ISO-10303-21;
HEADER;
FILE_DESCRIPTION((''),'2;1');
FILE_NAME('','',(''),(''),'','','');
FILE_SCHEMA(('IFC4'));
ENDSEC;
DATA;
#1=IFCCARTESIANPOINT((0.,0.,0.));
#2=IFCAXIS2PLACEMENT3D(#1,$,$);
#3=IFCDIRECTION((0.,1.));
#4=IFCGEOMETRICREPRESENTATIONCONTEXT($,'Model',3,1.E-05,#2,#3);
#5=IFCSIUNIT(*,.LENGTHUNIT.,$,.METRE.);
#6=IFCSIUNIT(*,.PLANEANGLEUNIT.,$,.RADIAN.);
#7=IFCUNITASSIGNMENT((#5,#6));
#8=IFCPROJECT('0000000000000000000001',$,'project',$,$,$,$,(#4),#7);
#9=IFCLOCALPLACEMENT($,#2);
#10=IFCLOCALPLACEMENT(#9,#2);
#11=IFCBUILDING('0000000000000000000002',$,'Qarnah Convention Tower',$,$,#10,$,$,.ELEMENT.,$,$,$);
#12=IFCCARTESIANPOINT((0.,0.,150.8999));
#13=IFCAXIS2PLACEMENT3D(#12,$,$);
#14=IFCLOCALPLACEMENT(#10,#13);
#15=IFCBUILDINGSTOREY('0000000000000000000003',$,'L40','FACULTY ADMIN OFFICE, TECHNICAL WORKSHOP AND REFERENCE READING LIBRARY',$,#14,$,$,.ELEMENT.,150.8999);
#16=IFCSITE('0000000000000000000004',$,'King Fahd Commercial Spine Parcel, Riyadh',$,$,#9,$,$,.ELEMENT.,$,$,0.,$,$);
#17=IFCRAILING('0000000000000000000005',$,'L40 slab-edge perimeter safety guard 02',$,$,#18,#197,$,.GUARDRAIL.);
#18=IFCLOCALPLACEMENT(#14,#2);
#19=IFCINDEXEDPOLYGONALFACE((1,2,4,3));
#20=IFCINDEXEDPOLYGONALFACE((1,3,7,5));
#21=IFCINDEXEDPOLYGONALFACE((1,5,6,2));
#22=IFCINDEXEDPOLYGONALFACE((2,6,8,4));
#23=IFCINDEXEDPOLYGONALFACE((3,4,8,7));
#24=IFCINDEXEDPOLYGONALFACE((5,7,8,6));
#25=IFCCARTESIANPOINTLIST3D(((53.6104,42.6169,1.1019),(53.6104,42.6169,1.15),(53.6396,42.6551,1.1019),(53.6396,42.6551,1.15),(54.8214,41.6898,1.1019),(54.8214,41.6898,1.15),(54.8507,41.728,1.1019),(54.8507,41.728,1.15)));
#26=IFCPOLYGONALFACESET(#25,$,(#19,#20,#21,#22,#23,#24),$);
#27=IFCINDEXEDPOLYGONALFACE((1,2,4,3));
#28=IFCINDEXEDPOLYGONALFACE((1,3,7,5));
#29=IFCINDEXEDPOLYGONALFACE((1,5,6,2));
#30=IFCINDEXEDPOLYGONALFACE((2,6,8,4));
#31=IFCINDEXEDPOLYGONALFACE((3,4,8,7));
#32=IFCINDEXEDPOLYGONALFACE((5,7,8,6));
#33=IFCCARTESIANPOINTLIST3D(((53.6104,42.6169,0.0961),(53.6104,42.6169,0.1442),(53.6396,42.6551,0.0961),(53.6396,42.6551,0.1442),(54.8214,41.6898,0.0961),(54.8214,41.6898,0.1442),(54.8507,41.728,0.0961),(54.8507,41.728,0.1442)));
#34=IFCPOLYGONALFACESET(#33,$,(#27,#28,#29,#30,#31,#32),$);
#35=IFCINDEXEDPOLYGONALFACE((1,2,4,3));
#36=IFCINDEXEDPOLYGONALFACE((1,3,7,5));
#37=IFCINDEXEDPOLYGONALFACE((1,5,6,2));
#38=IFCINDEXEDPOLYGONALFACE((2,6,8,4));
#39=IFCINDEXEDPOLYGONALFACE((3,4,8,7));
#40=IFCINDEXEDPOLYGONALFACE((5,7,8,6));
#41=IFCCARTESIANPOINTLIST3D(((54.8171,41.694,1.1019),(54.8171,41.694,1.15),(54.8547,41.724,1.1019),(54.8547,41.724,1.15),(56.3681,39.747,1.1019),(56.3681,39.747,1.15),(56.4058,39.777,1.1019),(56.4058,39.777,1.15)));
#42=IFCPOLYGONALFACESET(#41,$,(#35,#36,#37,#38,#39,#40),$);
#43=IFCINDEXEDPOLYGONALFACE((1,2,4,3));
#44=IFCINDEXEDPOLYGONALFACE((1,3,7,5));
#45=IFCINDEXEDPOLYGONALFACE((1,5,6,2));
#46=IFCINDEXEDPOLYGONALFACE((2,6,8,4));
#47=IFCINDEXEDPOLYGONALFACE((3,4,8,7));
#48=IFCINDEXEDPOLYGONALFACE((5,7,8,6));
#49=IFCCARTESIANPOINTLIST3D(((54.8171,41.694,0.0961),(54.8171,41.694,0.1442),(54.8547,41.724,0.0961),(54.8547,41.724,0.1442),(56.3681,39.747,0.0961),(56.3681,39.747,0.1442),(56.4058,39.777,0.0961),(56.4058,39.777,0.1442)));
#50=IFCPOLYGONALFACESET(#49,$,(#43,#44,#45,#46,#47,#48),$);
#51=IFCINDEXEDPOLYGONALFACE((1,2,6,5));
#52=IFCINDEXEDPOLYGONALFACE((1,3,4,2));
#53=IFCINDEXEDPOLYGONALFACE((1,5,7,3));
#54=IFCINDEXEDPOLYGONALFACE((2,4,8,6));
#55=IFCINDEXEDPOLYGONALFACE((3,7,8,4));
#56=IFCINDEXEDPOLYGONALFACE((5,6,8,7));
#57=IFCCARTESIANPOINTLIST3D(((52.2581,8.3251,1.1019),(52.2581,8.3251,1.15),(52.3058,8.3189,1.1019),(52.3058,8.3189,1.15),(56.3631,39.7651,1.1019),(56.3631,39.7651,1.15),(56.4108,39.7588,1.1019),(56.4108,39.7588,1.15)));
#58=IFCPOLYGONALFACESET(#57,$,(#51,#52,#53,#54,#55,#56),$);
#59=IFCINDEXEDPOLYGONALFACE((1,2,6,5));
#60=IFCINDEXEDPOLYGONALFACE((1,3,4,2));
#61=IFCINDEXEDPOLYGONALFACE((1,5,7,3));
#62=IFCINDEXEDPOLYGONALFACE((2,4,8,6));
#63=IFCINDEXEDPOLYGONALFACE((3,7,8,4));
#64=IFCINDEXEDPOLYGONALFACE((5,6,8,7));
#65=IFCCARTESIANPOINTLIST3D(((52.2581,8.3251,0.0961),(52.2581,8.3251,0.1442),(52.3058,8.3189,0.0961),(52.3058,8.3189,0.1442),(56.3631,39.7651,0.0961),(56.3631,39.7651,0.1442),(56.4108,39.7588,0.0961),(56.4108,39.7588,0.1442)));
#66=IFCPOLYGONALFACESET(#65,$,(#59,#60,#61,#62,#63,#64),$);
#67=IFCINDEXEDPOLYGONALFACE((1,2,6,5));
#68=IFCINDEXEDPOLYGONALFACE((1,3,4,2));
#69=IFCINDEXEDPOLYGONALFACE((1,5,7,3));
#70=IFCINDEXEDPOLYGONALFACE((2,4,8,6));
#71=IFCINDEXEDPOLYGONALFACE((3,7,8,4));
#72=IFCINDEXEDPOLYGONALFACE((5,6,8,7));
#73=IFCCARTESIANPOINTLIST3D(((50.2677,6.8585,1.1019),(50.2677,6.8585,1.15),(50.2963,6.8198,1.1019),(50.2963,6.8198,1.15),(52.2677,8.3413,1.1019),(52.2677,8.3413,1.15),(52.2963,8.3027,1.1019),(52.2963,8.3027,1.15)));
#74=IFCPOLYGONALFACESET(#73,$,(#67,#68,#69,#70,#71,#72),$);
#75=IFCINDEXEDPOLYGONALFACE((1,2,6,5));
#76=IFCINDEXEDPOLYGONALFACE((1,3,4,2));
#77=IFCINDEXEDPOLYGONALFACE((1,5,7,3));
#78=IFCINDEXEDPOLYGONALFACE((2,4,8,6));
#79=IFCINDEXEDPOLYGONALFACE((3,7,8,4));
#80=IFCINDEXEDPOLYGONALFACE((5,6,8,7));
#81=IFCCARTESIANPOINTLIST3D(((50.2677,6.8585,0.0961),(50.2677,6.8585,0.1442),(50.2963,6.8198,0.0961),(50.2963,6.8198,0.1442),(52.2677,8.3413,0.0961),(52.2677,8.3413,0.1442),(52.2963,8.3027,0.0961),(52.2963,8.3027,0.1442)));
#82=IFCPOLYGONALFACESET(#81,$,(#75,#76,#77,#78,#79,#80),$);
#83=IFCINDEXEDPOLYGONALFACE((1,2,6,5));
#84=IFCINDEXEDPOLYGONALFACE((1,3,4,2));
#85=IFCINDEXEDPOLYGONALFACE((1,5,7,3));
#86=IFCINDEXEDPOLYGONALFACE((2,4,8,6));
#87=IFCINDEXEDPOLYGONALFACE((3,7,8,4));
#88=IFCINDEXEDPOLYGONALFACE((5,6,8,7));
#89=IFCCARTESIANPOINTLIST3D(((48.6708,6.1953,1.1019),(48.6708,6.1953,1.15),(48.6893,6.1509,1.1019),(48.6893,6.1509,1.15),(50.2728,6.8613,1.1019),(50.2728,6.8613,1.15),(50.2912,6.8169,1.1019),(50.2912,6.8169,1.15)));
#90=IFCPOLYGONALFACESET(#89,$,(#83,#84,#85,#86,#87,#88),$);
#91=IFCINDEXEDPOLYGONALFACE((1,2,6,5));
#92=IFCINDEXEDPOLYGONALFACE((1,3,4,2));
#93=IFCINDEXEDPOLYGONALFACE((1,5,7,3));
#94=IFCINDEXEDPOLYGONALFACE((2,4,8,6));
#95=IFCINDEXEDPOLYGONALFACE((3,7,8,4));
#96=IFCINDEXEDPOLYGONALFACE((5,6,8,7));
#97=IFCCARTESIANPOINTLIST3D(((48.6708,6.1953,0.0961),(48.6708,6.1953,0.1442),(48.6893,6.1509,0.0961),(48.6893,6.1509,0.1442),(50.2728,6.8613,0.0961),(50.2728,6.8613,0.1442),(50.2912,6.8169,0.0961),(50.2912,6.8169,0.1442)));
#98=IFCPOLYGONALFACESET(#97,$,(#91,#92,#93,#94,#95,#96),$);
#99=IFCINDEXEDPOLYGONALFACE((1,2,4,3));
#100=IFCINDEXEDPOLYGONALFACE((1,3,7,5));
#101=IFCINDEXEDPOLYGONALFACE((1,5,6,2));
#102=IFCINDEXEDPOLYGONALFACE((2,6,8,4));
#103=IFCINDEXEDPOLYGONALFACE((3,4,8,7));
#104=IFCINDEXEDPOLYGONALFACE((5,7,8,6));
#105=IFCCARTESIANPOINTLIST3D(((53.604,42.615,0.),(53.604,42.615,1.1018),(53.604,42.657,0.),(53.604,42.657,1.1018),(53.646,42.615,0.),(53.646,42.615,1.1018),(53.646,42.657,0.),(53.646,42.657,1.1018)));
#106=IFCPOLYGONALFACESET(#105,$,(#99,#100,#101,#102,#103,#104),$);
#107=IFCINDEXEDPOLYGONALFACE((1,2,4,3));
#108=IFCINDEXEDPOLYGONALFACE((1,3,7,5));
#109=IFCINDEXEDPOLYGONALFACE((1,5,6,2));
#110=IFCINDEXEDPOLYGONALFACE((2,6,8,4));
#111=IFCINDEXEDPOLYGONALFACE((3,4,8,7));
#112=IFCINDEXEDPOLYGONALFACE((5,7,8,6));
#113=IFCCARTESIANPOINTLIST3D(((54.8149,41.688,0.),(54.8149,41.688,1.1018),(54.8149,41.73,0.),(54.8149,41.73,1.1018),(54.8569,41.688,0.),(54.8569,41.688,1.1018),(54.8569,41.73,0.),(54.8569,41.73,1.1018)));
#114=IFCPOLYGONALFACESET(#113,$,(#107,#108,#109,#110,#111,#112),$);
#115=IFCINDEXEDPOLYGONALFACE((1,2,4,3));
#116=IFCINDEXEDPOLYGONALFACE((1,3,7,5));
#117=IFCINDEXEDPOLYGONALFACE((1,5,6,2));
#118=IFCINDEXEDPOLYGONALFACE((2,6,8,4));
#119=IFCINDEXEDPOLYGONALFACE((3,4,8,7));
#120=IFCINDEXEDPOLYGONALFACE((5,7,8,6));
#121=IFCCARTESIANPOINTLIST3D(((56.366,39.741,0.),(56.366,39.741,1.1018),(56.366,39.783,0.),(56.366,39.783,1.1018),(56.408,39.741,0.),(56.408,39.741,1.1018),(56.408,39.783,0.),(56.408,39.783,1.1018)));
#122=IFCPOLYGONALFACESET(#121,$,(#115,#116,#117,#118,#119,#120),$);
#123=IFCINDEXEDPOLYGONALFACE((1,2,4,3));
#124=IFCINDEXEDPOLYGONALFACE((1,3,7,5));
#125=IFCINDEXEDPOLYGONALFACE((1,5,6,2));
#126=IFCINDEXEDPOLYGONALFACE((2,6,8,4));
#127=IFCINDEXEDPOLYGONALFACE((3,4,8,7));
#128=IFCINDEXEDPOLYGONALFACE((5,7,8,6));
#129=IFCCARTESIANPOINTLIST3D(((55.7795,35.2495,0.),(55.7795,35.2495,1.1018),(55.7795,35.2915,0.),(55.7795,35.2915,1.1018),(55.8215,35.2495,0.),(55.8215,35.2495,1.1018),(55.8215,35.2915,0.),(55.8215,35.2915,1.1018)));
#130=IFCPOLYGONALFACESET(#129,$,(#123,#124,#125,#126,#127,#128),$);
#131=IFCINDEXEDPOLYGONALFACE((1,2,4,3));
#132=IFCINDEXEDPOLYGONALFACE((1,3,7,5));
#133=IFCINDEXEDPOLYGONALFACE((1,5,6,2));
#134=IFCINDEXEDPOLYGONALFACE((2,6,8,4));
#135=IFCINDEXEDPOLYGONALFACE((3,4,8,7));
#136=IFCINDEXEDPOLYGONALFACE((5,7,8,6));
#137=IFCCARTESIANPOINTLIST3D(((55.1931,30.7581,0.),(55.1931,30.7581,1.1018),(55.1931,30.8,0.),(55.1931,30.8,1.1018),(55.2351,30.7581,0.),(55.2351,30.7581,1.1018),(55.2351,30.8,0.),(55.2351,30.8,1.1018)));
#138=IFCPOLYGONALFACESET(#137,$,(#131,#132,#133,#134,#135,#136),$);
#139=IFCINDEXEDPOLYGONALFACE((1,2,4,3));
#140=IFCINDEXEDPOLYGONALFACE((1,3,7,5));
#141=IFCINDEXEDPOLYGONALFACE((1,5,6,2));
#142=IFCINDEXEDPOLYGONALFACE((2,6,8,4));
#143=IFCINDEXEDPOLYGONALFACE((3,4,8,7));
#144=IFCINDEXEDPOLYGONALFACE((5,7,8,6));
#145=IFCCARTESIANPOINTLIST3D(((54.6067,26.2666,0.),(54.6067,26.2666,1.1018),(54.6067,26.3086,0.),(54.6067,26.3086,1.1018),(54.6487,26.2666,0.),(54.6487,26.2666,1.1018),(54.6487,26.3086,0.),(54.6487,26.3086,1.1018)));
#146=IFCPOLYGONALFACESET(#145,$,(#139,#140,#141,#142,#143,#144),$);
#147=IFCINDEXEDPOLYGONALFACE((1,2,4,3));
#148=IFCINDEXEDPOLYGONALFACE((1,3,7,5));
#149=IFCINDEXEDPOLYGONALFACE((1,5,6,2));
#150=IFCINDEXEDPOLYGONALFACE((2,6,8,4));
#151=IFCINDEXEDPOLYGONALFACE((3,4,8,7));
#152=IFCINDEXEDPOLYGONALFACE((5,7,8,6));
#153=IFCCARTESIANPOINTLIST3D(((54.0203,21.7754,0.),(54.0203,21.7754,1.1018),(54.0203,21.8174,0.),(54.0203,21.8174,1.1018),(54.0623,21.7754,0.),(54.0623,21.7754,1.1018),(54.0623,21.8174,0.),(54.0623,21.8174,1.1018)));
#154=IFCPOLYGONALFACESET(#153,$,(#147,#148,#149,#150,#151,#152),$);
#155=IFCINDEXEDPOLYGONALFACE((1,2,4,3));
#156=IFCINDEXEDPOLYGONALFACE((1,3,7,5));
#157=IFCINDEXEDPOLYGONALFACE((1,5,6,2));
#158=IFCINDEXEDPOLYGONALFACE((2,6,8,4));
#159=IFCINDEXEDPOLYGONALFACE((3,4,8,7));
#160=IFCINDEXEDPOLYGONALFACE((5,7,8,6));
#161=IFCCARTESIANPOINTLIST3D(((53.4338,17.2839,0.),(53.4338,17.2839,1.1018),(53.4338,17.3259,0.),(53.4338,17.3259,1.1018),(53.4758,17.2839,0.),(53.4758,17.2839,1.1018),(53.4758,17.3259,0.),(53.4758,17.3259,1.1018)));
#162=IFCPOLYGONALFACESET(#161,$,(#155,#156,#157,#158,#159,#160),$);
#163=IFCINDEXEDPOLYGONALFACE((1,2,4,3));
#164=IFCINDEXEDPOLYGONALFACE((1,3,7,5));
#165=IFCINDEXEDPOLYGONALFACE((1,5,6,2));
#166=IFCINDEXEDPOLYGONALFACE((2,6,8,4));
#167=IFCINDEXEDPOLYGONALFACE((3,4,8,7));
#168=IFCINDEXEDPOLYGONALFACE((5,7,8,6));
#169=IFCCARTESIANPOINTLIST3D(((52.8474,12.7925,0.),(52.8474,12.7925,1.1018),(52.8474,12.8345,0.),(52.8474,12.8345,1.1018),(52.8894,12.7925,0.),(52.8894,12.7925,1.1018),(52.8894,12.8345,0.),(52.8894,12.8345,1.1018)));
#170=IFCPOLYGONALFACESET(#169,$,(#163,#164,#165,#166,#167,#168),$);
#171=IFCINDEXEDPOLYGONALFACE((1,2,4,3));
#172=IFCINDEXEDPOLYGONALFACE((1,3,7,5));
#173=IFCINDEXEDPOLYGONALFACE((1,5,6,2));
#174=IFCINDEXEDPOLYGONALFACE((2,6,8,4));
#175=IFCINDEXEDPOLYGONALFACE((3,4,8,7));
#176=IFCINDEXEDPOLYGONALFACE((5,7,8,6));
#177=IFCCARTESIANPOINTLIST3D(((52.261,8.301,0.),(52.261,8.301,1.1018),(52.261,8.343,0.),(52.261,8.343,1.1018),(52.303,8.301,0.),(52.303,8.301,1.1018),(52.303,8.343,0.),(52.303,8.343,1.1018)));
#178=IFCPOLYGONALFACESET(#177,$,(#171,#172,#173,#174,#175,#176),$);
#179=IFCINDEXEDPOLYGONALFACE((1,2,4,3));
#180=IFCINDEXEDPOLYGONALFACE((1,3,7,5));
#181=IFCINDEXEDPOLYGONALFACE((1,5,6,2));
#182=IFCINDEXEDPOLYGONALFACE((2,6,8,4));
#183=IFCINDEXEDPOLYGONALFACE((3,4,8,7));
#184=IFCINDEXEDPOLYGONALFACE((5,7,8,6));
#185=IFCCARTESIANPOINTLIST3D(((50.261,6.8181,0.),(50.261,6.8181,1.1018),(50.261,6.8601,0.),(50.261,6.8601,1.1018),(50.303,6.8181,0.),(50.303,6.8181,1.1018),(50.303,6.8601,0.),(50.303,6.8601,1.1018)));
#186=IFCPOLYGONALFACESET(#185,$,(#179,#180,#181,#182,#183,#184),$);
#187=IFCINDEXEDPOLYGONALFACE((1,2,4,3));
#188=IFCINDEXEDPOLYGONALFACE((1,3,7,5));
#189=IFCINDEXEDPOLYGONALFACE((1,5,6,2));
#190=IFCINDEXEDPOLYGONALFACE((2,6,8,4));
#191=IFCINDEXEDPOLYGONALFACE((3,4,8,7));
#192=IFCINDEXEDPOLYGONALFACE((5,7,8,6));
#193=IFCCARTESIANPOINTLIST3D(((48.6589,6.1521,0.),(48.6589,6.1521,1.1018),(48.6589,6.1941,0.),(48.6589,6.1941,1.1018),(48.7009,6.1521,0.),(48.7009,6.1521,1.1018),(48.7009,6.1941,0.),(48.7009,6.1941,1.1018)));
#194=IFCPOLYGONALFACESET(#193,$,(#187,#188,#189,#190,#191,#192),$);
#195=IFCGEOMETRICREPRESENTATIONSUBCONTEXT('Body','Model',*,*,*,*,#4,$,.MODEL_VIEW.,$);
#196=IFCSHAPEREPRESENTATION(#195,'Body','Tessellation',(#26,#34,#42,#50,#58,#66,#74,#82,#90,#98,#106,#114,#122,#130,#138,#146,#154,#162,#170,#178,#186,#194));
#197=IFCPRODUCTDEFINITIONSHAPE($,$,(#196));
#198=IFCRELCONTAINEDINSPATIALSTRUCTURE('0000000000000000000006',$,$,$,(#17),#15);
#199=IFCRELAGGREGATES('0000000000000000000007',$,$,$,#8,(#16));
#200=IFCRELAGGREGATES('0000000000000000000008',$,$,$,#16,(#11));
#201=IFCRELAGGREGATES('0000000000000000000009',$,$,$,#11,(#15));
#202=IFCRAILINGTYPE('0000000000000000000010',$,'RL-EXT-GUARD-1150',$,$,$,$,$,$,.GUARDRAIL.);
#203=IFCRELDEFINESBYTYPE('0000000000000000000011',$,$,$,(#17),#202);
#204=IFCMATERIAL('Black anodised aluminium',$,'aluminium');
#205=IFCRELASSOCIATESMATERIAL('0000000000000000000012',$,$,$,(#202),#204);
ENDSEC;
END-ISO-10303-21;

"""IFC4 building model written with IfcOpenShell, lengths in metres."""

from ifc_helpers import new_model, si_unit, direction, frame, origin, origin_2d, place, context, subcontext, project, spatial, rectangle, extrude, material, type_object, element, save


model = new_model("IFC4")

# Units and contexts
model_context = context("Model", 3, precision=1e-05, world=origin(), true_north=direction((0.0, 1.0)))
body_context = subcontext(model_context, "Body", "Model", "MODEL_VIEW")
ifc_project = project(units=[si_unit("LENGTHUNIT", "METRE"), si_unit("PLANEANGLEUNIT", "RADIAN")], contexts=[model_context])

# Site, building, storey
site_placement = place(None, origin())
site = spatial("IfcSite", under=ifc_project, at=site_placement, Name="King Fahd Commercial Spine Parcel, Riyadh", CompositionType="ELEMENT", RefElevation=0.0)
building_placement = place(site_placement, origin())
building = spatial("IfcBuilding", under=site, at=building_placement, Name="Qarnah Convention Tower", CompositionType="ELEMENT")
storey_placement = place(building_placement, frame((0.0, 0.0, 150.8999)))
storey = spatial("IfcBuildingStorey", under=building, at=storey_placement, Name="L40", Description="FACULTY ADMIN OFFICE, TECHNICAL WORKSHOP AND REFERENCE READING LIBRARY", CompositionType="ELEMENT", Elevation=150.8999)

# Shared definitions
ifc_material_1 = material(Name="Black anodised aluminium", Category="aluminium")

# Railing
railing_type = type_object("IfcRailingType", Name="RL-EXT-GUARD-1150", PredefinedType="GUARDRAIL", material=ifc_material_1)
railing_1_placement = place(storey_placement, frame((53.625, 42.636, 0.0)))
element("IfcRailing", 1, at=railing_1_placement, inside=storey, type_object=railing_type, Name="L40 slab-edge perimeter safety guard 02", PredefinedType="GUARDRAIL", context=body_context, shape_type="SweptSolid", body=[
    extrude(rectangle(XDim=0.0481, YDim=0.0481, at=origin_2d()), frame((0.0, 0.0, 1.126), z_axis=(0.794044, -0.60786, 0.0), x_axis=(0.60786, 0.794044, 0.0)), (0.0, 0.0, 1.0), 1.5251),
    extrude(rectangle(XDim=0.0481, YDim=0.0481, at=origin_2d()), frame((0.0, 0.0, 0.1201), z_axis=(0.794044, -0.60786, 0.0), x_axis=(0.60786, 0.794044, 0.0)), (0.0, 0.0, 1.0), 1.5251),
    extrude(rectangle(XDim=0.0481, YDim=0.0481, at=origin_2d()), frame((1.2109, -0.927, 1.126), z_axis=(0.623079, -0.782159, 0.0), x_axis=(0.782159, 0.623079, 0.0)), (0.0, 0.0, 1.0), 2.4893),
    extrude(rectangle(XDim=0.0481, YDim=0.0481, at=origin_2d()), frame((1.2109, -0.927, 0.1201), z_axis=(0.623079, -0.782159, 0.0), x_axis=(0.782159, 0.623079, 0.0)), (0.0, 0.0, 1.0), 2.4893),
    extrude(rectangle(XDim=0.0481, YDim=0.0481, at=origin_2d()), frame((2.762, -2.874, 1.126), z_axis=(-0.129467, -0.991584, 0.0), x_axis=(0.991584, -0.129467, 0.0)), (0.0, 0.0, 1.0), 31.7068),
    extrude(rectangle(XDim=0.0481, YDim=0.0481, at=origin_2d()), frame((2.762, -2.874, 0.1201), z_axis=(-0.129467, -0.991584, 0.0), x_axis=(0.991584, -0.129467, 0.0)), (0.0, 0.0, 1.0), 31.7068),
    extrude(rectangle(XDim=0.0481, YDim=0.0481, at=origin_2d()), frame((-1.343, -34.314, 1.126), z_axis=(-0.803283, -0.595598, 0.0), x_axis=(0.595598, -0.803283, 0.0)), (0.0, 0.0, 1.0), 2.4897),
    extrude(rectangle(XDim=0.0481, YDim=0.0481, at=origin_2d()), frame((-1.343, -34.314, 0.1201), z_axis=(-0.803283, -0.595598, 0.0), x_axis=(0.595598, -0.803283, 0.0)), (0.0, 0.0, 1.0), 2.4897),
    extrude(rectangle(XDim=0.0481, YDim=0.0481, at=origin_2d()), frame((-3.343, -35.7969, 1.126), z_axis=(-0.923385, -0.383876, 0.0), x_axis=(0.383876, -0.923385, 0.0)), (0.0, 0.0, 1.0), 1.7349),
    extrude(rectangle(XDim=0.0481, YDim=0.0481, at=origin_2d()), frame((-3.343, -35.7969, 0.1201), z_axis=(-0.923385, -0.383876, 0.0), x_axis=(0.383876, -0.923385, 0.0)), (0.0, 0.0, 1.0), 1.7349),
    extrude(rectangle(XDim=0.042, YDim=0.042, at=origin_2d()), origin(), (0.0, 0.0, 1.0), 1.1018),
    extrude(rectangle(XDim=0.042, YDim=0.042, at=origin_2d()), frame((1.2109, -0.927, 0.0)), (0.0, 0.0, 1.0), 1.1018),
    extrude(rectangle(XDim=0.042, YDim=0.042, at=origin_2d()), frame((2.762, -2.874, 0.0)), (0.0, 0.0, 1.0), 1.1018),
    extrude(rectangle(XDim=0.042, YDim=0.042, at=origin_2d()), frame((2.1755, -7.3655, 0.0)), (0.0, 0.0, 1.0), 1.1018),
    extrude(rectangle(XDim=0.042, YDim=0.042, at=origin_2d()), frame((1.5891, -11.8569, 0.0)), (0.0, 0.0, 1.0), 1.1018),
    extrude(rectangle(XDim=0.042, YDim=0.042, at=origin_2d()), frame((1.0027, -16.3484, 0.0)), (0.0, 0.0, 1.0), 1.1018),
    extrude(rectangle(XDim=0.042, YDim=0.042, at=origin_2d()), frame((0.4163, -20.8396, 0.0)), (0.0, 0.0, 1.0), 1.1018),
    extrude(rectangle(XDim=0.042, YDim=0.042, at=origin_2d()), frame((-0.1702, -25.3311, 0.0)), (0.0, 0.0, 1.0), 1.1018),
    extrude(rectangle(XDim=0.042, YDim=0.042, at=origin_2d()), frame((-0.7566, -29.8225, 0.0)), (0.0, 0.0, 1.0), 1.1018),
    extrude(rectangle(XDim=0.042, YDim=0.042, at=origin_2d()), frame((-1.343, -34.314, 0.0)), (0.0, 0.0, 1.0), 1.1018),
    extrude(rectangle(XDim=0.042, YDim=0.042, at=origin_2d()), frame((-3.343, -35.7969, 0.0)), (0.0, 0.0, 1.0), 1.1018),
    extrude(rectangle(XDim=0.042, YDim=0.042, at=origin_2d()), frame((-4.9451, -36.4629, 0.0)), (0.0, 0.0, 1.0), 1.1018),
])

save(model, "model.ifc")
